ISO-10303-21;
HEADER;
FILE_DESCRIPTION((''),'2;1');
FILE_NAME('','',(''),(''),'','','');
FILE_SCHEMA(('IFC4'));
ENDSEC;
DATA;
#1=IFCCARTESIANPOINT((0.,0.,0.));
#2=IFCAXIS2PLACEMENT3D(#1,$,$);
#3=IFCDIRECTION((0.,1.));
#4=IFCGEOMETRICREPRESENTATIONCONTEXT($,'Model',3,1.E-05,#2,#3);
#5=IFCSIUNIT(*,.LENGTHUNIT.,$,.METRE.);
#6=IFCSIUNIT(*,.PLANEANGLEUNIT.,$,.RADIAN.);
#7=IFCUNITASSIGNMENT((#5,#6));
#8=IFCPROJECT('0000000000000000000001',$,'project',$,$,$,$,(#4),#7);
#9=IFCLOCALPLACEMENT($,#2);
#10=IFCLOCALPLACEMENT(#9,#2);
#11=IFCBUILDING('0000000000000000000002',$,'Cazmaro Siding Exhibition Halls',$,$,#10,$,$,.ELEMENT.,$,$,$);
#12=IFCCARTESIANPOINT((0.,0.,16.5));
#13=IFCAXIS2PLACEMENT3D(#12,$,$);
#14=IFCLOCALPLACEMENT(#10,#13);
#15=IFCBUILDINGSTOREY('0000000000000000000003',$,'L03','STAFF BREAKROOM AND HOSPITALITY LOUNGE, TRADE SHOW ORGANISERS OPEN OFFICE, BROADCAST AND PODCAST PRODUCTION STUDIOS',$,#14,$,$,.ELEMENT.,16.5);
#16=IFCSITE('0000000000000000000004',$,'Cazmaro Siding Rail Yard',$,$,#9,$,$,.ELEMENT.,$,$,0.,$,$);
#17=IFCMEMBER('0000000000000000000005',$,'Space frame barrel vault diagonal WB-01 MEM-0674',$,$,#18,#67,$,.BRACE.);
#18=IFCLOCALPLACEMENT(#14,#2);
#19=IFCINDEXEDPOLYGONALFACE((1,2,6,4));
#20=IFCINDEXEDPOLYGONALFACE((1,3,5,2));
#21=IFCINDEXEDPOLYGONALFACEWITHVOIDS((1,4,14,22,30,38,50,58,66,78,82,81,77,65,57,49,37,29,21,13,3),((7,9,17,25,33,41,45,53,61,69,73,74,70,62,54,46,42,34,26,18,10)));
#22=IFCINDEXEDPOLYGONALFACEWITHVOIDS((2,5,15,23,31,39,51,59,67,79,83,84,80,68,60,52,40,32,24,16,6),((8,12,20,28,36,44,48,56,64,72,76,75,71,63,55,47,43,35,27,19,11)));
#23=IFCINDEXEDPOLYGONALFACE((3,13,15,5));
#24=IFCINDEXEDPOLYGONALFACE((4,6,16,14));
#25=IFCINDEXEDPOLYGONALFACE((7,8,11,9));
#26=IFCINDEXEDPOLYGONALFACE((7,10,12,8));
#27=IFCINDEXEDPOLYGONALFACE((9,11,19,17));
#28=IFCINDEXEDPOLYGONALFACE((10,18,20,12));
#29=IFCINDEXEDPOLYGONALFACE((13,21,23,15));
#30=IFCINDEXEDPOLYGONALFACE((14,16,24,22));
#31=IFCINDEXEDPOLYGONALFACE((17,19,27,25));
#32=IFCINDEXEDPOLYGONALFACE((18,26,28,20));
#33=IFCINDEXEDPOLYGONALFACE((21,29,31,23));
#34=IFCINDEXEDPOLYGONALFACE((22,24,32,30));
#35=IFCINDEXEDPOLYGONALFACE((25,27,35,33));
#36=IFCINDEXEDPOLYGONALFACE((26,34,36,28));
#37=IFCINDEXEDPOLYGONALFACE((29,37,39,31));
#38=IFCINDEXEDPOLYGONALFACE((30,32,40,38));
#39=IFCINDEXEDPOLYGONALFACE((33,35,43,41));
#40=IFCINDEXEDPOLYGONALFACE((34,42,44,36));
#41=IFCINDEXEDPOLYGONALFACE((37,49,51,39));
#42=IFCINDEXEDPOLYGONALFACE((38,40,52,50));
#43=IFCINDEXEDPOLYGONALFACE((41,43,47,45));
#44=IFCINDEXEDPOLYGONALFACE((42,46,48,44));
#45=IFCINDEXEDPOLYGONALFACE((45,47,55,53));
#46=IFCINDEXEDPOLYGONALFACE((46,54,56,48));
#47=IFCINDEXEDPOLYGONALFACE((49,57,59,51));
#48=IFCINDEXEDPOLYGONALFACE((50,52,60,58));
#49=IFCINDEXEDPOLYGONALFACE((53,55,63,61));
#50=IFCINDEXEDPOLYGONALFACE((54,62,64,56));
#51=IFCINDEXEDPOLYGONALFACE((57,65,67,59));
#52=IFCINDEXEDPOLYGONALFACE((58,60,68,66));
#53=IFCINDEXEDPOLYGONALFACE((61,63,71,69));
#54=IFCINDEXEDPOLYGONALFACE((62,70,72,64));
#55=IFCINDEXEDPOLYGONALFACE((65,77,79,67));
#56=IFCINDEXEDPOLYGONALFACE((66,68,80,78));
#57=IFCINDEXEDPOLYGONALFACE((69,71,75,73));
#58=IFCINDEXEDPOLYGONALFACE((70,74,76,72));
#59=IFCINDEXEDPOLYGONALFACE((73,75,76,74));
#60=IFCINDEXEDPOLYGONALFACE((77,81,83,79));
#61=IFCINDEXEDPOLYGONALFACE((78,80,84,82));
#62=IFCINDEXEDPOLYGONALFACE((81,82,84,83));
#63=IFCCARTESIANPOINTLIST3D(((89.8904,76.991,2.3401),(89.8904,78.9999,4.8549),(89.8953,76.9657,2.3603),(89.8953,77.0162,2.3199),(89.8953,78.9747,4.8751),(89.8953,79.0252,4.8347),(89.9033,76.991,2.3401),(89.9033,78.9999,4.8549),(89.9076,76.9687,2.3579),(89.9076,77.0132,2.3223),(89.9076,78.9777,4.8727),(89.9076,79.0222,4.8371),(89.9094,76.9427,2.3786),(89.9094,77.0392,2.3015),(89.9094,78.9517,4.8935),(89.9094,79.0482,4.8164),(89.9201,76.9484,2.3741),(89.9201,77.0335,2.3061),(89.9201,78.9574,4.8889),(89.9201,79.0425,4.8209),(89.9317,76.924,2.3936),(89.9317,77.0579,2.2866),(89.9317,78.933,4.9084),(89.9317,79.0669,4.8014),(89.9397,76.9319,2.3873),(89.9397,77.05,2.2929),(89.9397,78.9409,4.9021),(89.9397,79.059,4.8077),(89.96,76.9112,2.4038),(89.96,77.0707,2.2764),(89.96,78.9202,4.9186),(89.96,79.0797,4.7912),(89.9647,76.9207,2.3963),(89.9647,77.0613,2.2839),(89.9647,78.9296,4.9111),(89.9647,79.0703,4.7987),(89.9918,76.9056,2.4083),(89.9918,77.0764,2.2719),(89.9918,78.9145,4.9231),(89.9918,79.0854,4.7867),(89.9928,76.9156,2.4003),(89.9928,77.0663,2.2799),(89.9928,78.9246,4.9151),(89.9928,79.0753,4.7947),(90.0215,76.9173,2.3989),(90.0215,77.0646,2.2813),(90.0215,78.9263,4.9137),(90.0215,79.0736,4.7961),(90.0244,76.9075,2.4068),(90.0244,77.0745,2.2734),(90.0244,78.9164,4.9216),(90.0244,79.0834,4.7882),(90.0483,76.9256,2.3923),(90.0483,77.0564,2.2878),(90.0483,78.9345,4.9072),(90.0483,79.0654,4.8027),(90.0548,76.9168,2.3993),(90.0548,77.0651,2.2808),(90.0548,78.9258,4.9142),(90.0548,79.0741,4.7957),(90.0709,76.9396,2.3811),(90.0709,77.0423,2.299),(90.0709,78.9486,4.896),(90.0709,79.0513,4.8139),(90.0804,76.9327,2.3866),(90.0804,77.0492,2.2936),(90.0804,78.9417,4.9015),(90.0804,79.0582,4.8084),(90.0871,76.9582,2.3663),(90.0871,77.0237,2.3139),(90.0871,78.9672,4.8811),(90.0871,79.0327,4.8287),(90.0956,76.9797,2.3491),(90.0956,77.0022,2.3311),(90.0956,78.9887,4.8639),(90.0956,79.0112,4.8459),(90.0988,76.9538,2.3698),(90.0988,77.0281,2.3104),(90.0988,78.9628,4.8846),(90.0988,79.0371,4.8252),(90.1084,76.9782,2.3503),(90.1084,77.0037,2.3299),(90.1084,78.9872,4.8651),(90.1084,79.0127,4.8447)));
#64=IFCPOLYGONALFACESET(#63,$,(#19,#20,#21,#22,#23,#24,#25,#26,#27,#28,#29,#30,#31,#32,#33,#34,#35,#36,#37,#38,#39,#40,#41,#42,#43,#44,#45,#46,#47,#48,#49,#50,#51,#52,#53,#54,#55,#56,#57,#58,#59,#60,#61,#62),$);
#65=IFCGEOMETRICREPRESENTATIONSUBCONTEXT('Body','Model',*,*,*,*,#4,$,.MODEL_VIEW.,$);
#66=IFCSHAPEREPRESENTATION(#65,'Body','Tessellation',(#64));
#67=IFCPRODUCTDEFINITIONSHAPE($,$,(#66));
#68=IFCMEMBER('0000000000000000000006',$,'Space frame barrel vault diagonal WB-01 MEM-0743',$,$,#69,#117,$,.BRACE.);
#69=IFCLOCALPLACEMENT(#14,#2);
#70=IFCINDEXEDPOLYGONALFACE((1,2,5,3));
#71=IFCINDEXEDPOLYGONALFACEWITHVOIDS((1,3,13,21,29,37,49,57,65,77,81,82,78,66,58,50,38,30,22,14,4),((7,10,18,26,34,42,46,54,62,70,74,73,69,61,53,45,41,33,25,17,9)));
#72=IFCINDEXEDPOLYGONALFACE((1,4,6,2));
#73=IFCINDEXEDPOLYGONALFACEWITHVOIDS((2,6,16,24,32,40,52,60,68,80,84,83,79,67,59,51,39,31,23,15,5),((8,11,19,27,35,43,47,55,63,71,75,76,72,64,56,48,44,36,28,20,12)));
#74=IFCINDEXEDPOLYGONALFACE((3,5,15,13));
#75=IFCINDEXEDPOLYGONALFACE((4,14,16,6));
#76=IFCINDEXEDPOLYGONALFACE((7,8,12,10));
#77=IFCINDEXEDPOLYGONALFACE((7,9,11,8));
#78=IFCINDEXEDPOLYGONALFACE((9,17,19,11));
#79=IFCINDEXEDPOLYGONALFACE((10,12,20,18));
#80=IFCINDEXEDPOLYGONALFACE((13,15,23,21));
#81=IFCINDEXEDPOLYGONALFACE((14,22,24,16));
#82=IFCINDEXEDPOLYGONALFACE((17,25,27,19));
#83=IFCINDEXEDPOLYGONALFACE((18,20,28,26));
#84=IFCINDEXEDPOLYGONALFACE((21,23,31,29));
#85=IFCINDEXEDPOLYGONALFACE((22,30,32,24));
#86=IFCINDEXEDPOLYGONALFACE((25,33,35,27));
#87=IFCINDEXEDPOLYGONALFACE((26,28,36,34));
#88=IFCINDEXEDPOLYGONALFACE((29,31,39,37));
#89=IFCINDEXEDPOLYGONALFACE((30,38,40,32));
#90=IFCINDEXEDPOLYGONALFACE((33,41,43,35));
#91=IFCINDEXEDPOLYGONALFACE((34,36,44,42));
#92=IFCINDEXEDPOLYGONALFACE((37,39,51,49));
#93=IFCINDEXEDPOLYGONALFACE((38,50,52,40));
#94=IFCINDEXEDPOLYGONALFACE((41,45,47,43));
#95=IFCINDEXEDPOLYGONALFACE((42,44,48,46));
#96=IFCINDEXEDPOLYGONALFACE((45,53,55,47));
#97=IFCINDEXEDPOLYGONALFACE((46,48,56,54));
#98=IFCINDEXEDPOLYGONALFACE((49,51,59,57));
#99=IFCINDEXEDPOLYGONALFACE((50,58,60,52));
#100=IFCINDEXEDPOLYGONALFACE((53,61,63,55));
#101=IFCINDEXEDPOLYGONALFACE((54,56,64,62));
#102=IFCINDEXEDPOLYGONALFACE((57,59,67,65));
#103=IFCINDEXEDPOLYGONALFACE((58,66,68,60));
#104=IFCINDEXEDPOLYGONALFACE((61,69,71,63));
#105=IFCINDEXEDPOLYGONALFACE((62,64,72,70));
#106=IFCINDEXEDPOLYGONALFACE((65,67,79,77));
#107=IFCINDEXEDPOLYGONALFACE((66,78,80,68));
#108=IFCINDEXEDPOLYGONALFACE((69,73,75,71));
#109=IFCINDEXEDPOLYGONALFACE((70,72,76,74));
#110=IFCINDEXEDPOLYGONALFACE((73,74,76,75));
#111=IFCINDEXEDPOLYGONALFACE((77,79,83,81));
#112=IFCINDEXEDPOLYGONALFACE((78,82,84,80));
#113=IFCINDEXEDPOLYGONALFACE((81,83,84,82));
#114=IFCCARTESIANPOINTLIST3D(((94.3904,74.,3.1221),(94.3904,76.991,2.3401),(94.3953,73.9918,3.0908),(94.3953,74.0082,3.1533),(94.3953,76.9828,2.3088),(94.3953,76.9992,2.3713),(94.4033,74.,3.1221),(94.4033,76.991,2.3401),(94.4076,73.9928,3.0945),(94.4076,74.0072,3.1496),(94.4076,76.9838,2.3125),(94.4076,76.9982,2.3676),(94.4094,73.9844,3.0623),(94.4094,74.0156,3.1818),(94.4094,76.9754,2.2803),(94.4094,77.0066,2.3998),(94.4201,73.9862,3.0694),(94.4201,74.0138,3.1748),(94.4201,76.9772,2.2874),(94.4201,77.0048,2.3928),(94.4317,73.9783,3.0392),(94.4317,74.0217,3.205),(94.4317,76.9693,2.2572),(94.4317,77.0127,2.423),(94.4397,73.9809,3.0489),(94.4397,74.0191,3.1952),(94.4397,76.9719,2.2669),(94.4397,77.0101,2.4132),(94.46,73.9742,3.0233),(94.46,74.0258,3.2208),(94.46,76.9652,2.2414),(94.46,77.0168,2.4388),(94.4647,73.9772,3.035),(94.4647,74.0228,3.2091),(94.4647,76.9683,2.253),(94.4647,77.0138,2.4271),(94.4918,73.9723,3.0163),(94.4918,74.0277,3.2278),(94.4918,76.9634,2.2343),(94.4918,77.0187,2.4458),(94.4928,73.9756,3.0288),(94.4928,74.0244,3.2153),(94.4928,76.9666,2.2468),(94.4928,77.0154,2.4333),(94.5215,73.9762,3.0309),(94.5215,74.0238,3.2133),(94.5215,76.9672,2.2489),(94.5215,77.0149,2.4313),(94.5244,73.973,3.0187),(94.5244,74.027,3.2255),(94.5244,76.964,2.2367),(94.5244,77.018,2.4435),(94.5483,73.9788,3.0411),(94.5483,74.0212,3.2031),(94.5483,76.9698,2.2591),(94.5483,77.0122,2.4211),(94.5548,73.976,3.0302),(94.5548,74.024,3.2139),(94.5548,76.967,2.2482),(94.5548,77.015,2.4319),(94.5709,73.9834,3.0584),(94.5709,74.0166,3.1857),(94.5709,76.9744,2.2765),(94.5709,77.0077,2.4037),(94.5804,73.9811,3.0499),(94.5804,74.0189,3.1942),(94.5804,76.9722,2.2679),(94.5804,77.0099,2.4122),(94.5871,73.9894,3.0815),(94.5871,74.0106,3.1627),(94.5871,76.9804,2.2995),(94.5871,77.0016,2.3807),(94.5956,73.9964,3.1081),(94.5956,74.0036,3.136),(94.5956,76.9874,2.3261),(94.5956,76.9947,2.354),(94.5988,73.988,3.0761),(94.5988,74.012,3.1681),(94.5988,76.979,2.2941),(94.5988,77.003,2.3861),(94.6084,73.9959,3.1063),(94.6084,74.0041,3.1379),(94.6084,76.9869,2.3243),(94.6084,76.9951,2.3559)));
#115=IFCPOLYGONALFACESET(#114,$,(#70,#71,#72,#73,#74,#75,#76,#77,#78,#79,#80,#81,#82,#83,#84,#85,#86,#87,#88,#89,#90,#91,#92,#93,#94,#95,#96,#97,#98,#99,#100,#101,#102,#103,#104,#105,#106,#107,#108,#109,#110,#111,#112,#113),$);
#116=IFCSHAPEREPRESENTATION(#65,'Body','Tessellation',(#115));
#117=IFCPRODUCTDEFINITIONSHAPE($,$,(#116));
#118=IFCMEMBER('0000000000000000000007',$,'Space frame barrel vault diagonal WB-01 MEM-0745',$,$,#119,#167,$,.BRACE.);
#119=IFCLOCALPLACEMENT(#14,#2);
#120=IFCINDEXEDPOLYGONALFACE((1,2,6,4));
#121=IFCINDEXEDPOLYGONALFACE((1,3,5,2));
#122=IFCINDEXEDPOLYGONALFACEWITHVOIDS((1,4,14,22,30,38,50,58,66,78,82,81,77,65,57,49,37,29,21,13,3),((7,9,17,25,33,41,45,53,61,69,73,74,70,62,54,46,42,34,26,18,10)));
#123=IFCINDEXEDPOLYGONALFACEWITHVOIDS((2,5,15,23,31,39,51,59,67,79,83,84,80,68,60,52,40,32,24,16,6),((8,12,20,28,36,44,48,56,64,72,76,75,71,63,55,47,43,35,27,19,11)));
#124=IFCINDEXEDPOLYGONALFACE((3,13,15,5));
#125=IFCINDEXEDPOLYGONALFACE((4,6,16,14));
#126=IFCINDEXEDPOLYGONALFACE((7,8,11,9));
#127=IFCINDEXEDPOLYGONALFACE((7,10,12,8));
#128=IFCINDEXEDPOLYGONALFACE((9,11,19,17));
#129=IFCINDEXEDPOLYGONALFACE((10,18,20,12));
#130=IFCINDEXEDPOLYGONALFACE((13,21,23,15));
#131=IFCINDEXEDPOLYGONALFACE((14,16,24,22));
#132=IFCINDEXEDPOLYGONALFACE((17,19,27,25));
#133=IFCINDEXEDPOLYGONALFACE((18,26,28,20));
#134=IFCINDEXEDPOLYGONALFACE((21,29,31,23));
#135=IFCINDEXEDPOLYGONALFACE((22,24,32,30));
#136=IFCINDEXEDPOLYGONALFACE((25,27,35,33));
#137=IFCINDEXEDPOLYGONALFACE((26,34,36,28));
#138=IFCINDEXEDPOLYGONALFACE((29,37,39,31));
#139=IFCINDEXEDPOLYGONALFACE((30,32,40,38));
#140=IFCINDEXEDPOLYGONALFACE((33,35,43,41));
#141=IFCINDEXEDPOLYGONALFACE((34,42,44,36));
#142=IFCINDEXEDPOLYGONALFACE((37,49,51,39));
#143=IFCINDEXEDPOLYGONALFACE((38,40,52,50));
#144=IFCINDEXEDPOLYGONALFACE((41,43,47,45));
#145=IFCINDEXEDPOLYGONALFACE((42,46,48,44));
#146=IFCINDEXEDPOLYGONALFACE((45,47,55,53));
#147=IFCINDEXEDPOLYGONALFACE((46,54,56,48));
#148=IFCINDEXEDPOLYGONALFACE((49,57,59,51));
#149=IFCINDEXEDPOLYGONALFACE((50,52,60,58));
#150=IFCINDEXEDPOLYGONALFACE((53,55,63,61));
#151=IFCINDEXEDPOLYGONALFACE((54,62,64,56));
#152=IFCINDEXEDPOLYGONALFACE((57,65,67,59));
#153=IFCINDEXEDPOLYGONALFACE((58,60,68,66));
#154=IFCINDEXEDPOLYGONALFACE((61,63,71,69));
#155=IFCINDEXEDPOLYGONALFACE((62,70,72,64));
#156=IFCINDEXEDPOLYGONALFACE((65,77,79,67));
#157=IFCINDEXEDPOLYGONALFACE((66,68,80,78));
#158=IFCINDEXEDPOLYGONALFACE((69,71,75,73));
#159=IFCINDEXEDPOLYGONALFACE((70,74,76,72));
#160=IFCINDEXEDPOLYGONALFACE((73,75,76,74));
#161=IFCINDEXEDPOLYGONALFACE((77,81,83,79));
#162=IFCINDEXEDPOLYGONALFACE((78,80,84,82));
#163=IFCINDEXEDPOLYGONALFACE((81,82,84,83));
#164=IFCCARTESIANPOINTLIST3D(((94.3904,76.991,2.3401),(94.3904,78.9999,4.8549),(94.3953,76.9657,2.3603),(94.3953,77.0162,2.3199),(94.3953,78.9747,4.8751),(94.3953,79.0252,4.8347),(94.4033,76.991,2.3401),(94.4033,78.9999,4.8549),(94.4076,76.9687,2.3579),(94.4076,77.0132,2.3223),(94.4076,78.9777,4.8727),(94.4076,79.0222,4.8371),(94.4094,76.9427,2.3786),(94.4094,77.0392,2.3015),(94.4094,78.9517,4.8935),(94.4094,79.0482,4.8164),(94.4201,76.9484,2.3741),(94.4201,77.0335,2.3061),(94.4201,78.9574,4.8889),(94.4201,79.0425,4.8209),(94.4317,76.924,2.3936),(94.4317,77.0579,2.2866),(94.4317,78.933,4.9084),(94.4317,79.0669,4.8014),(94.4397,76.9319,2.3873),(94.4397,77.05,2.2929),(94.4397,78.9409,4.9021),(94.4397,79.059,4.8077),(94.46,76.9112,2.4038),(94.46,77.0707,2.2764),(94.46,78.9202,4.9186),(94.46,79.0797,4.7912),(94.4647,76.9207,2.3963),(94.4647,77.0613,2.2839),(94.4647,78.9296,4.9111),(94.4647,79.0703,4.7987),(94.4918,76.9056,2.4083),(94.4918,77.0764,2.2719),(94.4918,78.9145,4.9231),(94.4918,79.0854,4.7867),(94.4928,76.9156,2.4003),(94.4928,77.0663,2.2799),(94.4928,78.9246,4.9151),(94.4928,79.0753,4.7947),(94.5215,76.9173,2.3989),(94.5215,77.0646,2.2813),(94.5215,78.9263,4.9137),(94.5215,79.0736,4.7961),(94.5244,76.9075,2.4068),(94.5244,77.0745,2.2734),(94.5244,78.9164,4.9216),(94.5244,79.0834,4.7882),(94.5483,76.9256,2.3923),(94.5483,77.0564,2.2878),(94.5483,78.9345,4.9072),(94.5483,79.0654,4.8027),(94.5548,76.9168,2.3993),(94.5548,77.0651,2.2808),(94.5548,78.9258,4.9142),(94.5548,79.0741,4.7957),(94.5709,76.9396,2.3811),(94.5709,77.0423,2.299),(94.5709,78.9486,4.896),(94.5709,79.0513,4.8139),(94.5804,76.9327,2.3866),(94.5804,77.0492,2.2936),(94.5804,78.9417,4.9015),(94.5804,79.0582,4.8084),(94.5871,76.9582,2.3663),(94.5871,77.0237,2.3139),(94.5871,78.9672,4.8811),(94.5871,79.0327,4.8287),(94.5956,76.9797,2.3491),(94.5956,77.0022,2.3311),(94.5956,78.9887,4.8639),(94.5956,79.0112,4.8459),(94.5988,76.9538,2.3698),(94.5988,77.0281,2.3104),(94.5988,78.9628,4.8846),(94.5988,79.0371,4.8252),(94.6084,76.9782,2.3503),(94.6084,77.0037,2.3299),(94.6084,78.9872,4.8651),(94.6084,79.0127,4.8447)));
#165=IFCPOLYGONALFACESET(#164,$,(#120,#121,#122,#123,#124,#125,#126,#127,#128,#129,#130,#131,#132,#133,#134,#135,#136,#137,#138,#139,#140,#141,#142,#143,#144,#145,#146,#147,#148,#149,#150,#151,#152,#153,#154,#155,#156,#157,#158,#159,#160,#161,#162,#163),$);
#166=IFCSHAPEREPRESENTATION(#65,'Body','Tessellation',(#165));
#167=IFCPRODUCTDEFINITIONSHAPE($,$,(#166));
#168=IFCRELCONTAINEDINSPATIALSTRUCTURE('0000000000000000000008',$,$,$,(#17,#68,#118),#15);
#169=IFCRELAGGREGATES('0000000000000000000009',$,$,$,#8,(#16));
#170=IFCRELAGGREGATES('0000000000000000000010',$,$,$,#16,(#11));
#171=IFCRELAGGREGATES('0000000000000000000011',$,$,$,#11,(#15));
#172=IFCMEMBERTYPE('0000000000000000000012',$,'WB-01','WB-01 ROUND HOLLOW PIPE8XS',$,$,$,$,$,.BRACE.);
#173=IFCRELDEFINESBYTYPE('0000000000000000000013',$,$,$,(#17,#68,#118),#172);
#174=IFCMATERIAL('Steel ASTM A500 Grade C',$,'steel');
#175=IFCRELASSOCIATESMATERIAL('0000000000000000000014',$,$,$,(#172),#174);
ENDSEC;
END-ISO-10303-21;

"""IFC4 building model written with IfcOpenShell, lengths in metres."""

from ifc_helpers import new_model, si_unit, direction, frame, origin, origin_2d, place, context, subcontext, project, spatial, hollow_circle, extrude, material, material_profile, profile_set, type_object, element, save


model = new_model("IFC4")

# Units and contexts
model_context = context("Model", 3, precision=1e-05, world=origin(), true_north=direction((0.0, 1.0)))
body_context = subcontext(model_context, "Body", "Model", "MODEL_VIEW")
ifc_project = project(units=[si_unit("LENGTHUNIT", "METRE"), si_unit("PLANEANGLEUNIT", "RADIAN")], contexts=[model_context])

# Site, building, storey
site_placement = place(None, origin())
site = spatial("IfcSite", under=ifc_project, at=site_placement, Name="Cazmaro Siding Rail Yard", CompositionType="ELEMENT", RefElevation=0.0)
building_placement = place(site_placement, origin())
building = spatial("IfcBuilding", under=site, at=building_placement, Name="Cazmaro Siding Exhibition Halls", CompositionType="ELEMENT")
storey_placement = place(building_placement, frame((0.0, 0.0, 16.5)))
storey = spatial("IfcBuildingStorey", under=building, at=storey_placement, Name="L03", Description="STAFF BREAKROOM AND HOSPITALITY LOUNGE, TRADE SHOW ORGANISERS OPEN OFFICE, BROADCAST AND PODCAST PRODUCTION STUDIOS", CompositionType="ELEMENT", Elevation=16.5)

# Members
ifc_material_1 = material(Name="Steel ASTM A500 Grade C", Category="steel")
ifc_material_profile_1 = material_profile(ifc_material_1, hollow_circle(Radius=0.1096, WallThickness=0.0129, at=origin_2d()), Name="PIPE8XS")
ifc_profile_set_1 = profile_set([ifc_material_profile_1], Name="Steel ASTM A500 Grade C")
member_type_1 = type_object("IfcMemberType", Name="WB-01", Description="WB-01 ROUND HOLLOW PIPE8XS", PredefinedType="BRACE", material=ifc_profile_set_1)
member_1_placement = place(storey_placement, frame((90.0, 76.991, 2.3401), z_axis=(0.0, 0.624149, 0.781305), x_axis=(-1.0, 0.0, 0.0)))
element("IfcMember", 1, at=member_1_placement, inside=storey, type_object=member_type_1, Name="Space frame barrel vault diagonal WB-01 MEM-0674", PredefinedType="BRACE", context=body_context, shape_type="SweptSolid", body=[
    extrude(hollow_circle(Radius=0.1096, WallThickness=0.0129, at=origin_2d()), origin(), (0.0, 0.0, 1.0), 3.2188),
])
member_2_placement = place(storey_placement, frame((94.5, 74.0, 3.1221), z_axis=(0.0, 0.96748, -0.252946), x_axis=(-1.0, 0.0, 0.0)))
element("IfcMember", 2, at=member_2_placement, inside=storey, type_object=member_type_1, Name="Space frame barrel vault diagonal WB-01 MEM-0743", PredefinedType="BRACE", context=body_context, shape_type="SweptSolid", body=[
    extrude(hollow_circle(Radius=0.1096, WallThickness=0.0129, at=origin_2d()), origin(), (0.0, 0.0, 1.0), 3.0916),
])
member_3_placement = place(storey_placement, frame((94.5, 76.991, 2.3401), z_axis=(0.0, 0.624149, 0.781305), x_axis=(-1.0, 0.0, 0.0)))
element("IfcMember", 3, at=member_3_placement, inside=storey, type_object=member_type_1, Name="Space frame barrel vault diagonal WB-01 MEM-0745", PredefinedType="BRACE", context=body_context, shape_type="SweptSolid", body=[
    extrude(hollow_circle(Radius=0.1096, WallThickness=0.0129, at=origin_2d()), origin(), (0.0, 0.0, 1.0), 3.2188),
])

save(model, "model.ifc")
